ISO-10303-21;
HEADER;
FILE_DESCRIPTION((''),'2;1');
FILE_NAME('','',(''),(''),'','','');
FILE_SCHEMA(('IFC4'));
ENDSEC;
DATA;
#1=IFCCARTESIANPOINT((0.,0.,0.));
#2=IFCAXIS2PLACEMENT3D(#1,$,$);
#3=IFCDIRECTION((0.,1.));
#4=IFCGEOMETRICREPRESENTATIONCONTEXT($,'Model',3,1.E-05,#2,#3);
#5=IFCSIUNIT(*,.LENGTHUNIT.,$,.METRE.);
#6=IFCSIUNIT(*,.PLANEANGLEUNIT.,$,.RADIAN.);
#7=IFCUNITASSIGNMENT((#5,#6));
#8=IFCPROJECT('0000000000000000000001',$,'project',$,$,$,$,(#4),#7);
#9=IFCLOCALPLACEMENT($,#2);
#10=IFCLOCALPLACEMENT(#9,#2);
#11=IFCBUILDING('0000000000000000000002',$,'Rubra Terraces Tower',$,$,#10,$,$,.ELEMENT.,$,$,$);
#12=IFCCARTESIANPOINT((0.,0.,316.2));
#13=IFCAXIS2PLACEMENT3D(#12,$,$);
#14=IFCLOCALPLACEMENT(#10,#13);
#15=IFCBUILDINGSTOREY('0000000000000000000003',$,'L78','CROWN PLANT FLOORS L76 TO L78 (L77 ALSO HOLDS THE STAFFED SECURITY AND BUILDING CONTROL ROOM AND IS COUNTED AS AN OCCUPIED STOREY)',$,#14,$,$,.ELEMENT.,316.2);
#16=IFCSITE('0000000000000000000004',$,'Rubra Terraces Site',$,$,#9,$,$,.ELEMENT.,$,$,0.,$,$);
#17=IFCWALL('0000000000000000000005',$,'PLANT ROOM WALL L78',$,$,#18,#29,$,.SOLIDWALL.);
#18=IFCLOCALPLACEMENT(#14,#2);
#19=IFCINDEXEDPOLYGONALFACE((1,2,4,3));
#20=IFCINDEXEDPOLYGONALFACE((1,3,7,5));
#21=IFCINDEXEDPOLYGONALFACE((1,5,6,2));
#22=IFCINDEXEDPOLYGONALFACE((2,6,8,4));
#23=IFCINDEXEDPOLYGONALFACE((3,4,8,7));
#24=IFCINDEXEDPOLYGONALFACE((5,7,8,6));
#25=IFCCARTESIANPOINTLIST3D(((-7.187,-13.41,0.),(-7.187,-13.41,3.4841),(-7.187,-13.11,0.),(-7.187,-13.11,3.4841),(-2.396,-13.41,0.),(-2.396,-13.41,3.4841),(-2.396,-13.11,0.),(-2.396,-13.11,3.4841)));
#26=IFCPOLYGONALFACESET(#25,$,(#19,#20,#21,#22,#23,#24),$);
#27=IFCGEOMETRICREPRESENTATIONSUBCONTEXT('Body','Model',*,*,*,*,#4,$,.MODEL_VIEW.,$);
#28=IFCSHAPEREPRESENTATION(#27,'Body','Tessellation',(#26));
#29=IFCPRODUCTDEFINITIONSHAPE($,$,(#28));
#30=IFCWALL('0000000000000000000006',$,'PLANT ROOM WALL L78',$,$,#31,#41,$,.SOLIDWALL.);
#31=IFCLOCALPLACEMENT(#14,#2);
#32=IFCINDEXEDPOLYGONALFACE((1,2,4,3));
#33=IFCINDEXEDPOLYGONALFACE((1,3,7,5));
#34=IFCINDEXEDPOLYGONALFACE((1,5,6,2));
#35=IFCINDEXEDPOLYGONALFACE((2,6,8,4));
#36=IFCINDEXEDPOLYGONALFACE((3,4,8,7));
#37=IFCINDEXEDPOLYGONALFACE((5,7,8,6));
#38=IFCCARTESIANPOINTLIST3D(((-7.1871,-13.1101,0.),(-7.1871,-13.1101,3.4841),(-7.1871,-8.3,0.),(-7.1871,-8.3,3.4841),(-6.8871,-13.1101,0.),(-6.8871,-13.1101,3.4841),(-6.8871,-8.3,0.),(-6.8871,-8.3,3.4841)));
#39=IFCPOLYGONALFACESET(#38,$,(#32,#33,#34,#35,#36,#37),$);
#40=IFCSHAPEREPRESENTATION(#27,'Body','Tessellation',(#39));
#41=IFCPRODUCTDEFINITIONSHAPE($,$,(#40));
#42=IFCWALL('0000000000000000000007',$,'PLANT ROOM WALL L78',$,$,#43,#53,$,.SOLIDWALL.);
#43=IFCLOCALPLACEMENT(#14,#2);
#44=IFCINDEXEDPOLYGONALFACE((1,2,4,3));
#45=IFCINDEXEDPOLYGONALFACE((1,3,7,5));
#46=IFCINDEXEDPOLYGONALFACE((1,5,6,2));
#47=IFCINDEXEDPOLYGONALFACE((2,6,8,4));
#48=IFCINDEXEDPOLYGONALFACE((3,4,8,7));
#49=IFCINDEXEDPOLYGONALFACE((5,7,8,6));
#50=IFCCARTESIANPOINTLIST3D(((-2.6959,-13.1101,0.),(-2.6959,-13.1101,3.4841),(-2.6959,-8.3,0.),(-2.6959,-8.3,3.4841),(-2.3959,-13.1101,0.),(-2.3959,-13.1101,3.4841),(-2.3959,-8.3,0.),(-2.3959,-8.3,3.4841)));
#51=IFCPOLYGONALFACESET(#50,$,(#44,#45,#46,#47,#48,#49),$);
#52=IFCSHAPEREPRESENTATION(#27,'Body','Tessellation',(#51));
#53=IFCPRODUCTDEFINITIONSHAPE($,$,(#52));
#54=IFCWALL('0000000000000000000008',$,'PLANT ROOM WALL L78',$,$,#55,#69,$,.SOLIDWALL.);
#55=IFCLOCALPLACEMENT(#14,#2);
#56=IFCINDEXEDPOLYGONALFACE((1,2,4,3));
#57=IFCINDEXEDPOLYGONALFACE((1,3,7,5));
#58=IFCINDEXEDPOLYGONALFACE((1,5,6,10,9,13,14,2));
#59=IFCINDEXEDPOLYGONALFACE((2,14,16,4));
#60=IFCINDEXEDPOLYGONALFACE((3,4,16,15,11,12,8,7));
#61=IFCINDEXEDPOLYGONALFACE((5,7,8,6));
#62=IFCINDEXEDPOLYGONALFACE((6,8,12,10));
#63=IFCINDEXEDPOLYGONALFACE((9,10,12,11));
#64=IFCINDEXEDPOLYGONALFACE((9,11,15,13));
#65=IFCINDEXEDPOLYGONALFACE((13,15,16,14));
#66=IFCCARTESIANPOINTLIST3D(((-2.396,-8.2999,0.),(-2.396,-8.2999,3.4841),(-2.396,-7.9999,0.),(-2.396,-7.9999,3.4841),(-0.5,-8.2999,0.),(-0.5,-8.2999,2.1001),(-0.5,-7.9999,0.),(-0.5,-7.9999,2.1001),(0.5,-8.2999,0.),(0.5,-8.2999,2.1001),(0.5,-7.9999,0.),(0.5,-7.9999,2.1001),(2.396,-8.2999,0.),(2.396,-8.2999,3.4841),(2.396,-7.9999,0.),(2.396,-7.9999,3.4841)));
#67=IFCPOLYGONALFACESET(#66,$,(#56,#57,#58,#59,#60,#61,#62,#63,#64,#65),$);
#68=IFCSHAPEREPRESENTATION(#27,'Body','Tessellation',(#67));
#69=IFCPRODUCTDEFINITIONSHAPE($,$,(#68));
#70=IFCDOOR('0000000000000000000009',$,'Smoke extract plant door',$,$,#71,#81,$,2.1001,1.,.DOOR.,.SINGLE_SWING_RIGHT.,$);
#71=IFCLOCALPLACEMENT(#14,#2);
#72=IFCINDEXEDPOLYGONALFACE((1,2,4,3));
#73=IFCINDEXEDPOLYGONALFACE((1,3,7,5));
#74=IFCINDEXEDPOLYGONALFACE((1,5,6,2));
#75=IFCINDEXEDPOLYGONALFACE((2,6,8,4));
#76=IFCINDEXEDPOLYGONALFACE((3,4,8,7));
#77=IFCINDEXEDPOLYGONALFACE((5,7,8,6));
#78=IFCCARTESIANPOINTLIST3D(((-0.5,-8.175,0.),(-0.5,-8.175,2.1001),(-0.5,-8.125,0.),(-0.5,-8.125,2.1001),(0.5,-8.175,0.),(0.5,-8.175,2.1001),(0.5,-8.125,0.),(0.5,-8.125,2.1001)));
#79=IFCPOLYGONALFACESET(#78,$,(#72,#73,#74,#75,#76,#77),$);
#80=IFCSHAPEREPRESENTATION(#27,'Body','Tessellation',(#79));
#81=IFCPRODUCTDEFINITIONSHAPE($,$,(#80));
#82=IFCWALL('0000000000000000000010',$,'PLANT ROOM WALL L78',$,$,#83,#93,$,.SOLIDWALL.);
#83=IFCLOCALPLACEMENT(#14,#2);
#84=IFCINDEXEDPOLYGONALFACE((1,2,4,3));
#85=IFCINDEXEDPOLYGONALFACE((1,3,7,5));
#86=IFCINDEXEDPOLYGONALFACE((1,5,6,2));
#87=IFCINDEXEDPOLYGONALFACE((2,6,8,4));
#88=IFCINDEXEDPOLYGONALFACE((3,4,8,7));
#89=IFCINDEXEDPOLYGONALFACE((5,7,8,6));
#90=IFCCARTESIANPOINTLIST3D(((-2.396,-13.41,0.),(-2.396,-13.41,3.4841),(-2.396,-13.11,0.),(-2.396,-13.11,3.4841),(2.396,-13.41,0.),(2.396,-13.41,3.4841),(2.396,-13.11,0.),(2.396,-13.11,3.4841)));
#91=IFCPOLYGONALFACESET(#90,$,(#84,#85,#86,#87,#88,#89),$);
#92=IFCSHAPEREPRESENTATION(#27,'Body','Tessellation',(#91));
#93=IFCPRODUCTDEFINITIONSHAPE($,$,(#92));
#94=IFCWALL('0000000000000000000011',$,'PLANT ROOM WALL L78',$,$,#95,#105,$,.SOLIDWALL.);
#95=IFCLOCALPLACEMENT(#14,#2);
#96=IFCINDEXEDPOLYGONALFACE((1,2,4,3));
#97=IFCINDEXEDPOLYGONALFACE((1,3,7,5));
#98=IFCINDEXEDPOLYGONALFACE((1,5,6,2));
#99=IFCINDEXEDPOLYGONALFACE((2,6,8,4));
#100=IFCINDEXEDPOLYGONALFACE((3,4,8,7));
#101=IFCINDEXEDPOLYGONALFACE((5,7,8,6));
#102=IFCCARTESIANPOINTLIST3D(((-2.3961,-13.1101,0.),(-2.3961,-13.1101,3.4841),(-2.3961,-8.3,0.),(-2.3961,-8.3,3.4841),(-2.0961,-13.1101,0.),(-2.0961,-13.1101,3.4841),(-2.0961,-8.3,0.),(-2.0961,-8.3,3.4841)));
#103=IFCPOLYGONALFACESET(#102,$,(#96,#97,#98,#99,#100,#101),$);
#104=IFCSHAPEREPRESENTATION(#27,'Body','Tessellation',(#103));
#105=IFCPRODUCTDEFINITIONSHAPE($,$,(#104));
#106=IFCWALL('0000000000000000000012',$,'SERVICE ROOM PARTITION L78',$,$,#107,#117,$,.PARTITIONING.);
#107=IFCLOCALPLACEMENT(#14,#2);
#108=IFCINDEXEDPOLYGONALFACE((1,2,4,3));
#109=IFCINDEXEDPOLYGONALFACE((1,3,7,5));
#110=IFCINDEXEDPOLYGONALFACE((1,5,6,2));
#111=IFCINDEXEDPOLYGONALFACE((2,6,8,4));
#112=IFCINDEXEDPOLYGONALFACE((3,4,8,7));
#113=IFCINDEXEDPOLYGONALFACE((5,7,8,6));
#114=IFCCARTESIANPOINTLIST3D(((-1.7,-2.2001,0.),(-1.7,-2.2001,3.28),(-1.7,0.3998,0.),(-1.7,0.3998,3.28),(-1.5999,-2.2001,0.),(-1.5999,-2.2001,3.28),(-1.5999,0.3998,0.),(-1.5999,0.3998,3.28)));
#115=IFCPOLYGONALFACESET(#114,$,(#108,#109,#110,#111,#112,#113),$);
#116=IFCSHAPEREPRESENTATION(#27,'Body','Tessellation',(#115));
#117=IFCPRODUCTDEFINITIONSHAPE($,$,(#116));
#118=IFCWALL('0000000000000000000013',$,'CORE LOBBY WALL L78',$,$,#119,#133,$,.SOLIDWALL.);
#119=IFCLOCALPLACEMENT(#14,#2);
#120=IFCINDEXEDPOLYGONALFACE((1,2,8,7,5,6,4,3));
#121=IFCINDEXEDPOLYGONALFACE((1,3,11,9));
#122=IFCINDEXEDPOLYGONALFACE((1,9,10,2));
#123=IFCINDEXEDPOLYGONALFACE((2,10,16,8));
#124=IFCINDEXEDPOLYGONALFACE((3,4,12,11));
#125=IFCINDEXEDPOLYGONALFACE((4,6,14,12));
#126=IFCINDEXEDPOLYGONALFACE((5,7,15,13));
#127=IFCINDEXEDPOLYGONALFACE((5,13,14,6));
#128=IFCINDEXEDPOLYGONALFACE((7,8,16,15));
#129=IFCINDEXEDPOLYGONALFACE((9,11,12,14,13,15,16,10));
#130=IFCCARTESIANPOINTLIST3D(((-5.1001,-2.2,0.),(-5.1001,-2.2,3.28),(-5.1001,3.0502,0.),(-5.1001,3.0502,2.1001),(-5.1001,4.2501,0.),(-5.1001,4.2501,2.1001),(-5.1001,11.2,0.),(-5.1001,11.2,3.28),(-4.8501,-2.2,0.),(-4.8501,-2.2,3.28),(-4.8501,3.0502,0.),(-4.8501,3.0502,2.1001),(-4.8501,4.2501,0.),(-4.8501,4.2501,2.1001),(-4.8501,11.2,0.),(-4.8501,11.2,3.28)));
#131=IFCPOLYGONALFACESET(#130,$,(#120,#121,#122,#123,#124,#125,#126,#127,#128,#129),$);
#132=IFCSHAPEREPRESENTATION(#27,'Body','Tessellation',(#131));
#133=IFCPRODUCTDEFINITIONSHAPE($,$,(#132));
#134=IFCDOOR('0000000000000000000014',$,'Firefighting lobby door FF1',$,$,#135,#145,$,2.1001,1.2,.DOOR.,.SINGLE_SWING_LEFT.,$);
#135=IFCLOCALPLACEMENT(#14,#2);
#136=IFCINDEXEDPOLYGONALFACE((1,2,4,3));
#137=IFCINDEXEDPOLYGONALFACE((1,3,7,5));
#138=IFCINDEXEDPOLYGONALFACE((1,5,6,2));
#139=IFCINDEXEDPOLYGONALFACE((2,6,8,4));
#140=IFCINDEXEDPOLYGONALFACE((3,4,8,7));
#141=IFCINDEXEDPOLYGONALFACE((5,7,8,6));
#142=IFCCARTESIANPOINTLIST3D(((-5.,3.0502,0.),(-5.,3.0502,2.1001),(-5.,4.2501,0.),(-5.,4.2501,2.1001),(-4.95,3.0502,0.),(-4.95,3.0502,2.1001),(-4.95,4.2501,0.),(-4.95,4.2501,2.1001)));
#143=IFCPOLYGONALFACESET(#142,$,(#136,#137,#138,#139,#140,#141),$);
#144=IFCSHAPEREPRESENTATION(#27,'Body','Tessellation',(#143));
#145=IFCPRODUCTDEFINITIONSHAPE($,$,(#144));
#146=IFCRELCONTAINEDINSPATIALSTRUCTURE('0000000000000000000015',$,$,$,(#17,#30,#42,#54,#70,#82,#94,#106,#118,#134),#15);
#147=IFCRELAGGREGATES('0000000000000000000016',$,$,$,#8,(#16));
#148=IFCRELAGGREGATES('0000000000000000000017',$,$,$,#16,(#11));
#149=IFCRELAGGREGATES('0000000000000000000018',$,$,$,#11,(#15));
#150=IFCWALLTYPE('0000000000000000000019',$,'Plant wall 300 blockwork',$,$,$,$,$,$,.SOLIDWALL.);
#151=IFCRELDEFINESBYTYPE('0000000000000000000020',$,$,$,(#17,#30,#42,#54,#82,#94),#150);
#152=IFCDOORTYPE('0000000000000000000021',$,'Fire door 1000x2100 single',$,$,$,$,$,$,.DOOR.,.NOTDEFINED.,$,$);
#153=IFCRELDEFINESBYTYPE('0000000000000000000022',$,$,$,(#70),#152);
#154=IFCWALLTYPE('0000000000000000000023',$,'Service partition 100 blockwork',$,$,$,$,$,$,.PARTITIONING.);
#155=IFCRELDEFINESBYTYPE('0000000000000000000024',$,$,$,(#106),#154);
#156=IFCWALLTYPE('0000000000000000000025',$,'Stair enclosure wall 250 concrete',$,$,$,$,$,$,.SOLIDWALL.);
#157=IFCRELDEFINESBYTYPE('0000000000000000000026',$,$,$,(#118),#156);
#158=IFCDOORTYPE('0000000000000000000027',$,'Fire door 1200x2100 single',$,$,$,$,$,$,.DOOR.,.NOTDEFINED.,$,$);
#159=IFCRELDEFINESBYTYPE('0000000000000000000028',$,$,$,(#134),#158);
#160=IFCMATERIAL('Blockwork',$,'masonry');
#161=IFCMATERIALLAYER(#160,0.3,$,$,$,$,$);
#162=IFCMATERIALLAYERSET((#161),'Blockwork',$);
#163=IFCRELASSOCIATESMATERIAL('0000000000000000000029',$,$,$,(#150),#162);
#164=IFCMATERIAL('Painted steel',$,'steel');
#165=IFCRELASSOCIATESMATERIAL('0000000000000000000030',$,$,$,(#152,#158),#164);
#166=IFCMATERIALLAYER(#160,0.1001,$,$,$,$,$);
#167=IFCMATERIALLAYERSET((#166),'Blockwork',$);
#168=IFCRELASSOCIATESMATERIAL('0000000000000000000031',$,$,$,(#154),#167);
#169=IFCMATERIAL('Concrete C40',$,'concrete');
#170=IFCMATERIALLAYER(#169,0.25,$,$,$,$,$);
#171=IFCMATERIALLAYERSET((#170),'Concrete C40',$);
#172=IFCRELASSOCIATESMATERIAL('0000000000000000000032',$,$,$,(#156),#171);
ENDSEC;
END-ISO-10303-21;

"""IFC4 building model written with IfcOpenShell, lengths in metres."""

from ifc_helpers import new_model, si_unit, direction, frame, frame_2d, origin, place, context, subcontext, project, spatial, rectangle, extrude, material, layer, layer_set, type_object, element, fill, save


model = new_model("IFC4")

# Units and contexts
model_context = context("Model", 3, precision=1e-05, world=origin(), true_north=direction((0.0, 1.0)))
body_context = subcontext(model_context, "Body", "Model", "MODEL_VIEW")
ifc_project = project(units=[si_unit("LENGTHUNIT", "METRE"), si_unit("PLANEANGLEUNIT", "RADIAN")], contexts=[model_context])

# Site, building, storey
site_placement = place(None, origin())
site = spatial("IfcSite", under=ifc_project, at=site_placement, Name="Rubra Terraces Site", CompositionType="ELEMENT", RefElevation=0.0)
building_placement = place(site_placement, origin())
building = spatial("IfcBuilding", under=site, at=building_placement, Name="Rubra Terraces Tower", CompositionType="ELEMENT")
storey_placement = place(building_placement, frame((0.0, 0.0, 316.2)))
storey = spatial("IfcBuildingStorey", under=building, at=storey_placement, Name="L78", Description="CROWN PLANT FLOORS L76 TO L78 (L77 ALSO HOLDS THE STAFFED SECURITY AND BUILDING CONTROL ROOM AND IS COUNTED AS AN OCCUPIED STOREY)", CompositionType="ELEMENT", Elevation=316.2)

# Shared definitions
ifc_material_1 = material(Name="Concrete C40", Category="concrete")

# Shared definitions
ifc_material_2 = material(Name="Blockwork", Category="masonry")
ifc_layer_1 = layer(ifc_material_2, 0.3)
ifc_layer_set_1 = layer_set([ifc_layer_1], Name="Blockwork")
wall_type_1 = type_object("IfcWallType", Name="Plant wall 300 blockwork", PredefinedType="SOLIDWALL", material=ifc_layer_set_1)
ifc_material_3 = material(Name="Painted steel", Category="steel")
door_type_1 = type_object("IfcDoorType", Name="Fire door 1000x2100 single", OperationType="NOTDEFINED", PredefinedType="DOOR", material=ifc_material_3)

# Walls
wall_1_placement = place(storey_placement, frame((-7.187, -13.26, 0.0), z_axis=(0.0, 0.0, 1.0), x_axis=(1.0, 0.0, 0.0)))
element("IfcWall", 1, at=wall_1_placement, inside=storey, type_object=wall_type_1, Name="PLANT ROOM WALL L78", PredefinedType="SOLIDWALL", context=body_context, shape_type="SweptSolid", body=[
    extrude(rectangle(XDim=4.791, YDim=0.3, at=frame_2d((2.3955, 0.0))), origin(), (0.0, 0.0, 1.0), 3.4841),
])
for number, where, z_axis, x_axis, name in (
    (2, (-7.0371, -13.1101, 0.0), (0.0, 0.0, 1.0), (0.0, 1.0, 0.0), "PLANT ROOM WALL L78"),
    (3, (-2.5459, -13.1101, 0.0), (0.0, 0.0, 1.0), (0.0, 1.0, 0.0), "PLANT ROOM WALL L78"),
):
    element("IfcWall", number, at=place(storey_placement, frame(where, z_axis=z_axis, x_axis=x_axis)), inside=storey, type_object=wall_type_1, Name=name, PredefinedType="SOLIDWALL", context=body_context, shape_type="SweptSolid", body=[
        extrude(rectangle(XDim=4.8101, YDim=0.3, at=frame_2d((2.405, 0.0))), origin(), (0.0, 0.0, 1.0), 3.4841),
    ])

# Wall, opening, door
wall_2_placement = place(storey_placement, frame((-2.396, -8.1499, 0.0), z_axis=(0.0, 0.0, 1.0), x_axis=(1.0, 0.0, 0.0)))
wall_2 = element("IfcWall", 4, at=wall_2_placement, inside=storey, type_object=wall_type_1, Name="PLANT ROOM WALL L78", PredefinedType="SOLIDWALL", context=body_context, shape_type="SweptSolid", body=[
    extrude(rectangle(XDim=4.792, YDim=0.3, at=frame_2d((2.396, 0.0))), origin(), (0.0, 0.0, 1.0), 3.4841),
])
opening_1_placement = place(wall_2_placement, frame((1.896, 0.0, 0.0)))
opening_1 = element("IfcOpeningElement", 5, at=opening_1_placement, cuts=wall_2, PredefinedType="OPENING", context=body_context, shape_type="SweptSolid", body=[
    extrude(rectangle(XDim=1.0, YDim=2.1001, at=frame_2d((0.5, 1.05))), frame((0.0, 0.1599, 0.0), z_axis=(0.0, -1.0, 0.0), x_axis=(1.0, 0.0, 0.0)), (0.0, 0.0, 1.0), 0.3201),
])
door_1_placement = place(opening_1_placement, origin())
door_1 = element("IfcDoor", 6, at=door_1_placement, inside=storey, type_object=door_type_1, Name="Smoke extract plant door", OperationType="SINGLE_SWING_RIGHT", OverallHeight=2.1001, OverallWidth=1.0, PredefinedType="DOOR", context=body_context, shape_type="SweptSolid", body=[
    extrude(rectangle(XDim=1.0, YDim=2.1001, at=frame_2d((0.5, 1.05))), frame((0.0, 0.0249, 0.0), z_axis=(0.0, -1.0, 0.0), x_axis=(1.0, 0.0, 0.0)), (0.0, 0.0, 1.0), 0.05),
])
fill(opening_1, door_1)

# Walls
wall_3_placement = place(storey_placement, frame((-2.396, -13.26, 0.0), z_axis=(0.0, 0.0, 1.0), x_axis=(1.0, 0.0, 0.0)))
element("IfcWall", 7, at=wall_3_placement, inside=storey, type_object=wall_type_1, Name="PLANT ROOM WALL L78", PredefinedType="SOLIDWALL", context=body_context, shape_type="SweptSolid", body=[
    extrude(rectangle(XDim=4.792, YDim=0.3, at=frame_2d((2.396, 0.0))), origin(), (0.0, 0.0, 1.0), 3.4841),
])
wall_4_placement = place(storey_placement, frame((-2.2461, -13.1101, 0.0), z_axis=(0.0, 0.0, 1.0), x_axis=(0.0, 1.0, 0.0)))
element("IfcWall", 8, at=wall_4_placement, inside=storey, type_object=wall_type_1, Name="PLANT ROOM WALL L78", PredefinedType="SOLIDWALL", context=body_context, shape_type="SweptSolid", body=[
    extrude(rectangle(XDim=4.8101, YDim=0.3, at=frame_2d((2.405, 0.0))), origin(), (0.0, 0.0, 1.0), 3.4841),
])
ifc_layer_2 = layer(ifc_material_2, 0.1001)
ifc_layer_set_2 = layer_set([ifc_layer_2], Name="Blockwork")
wall_type_2 = type_object("IfcWallType", Name="Service partition 100 blockwork", PredefinedType="PARTITIONING", material=ifc_layer_set_2)
wall_5_placement = place(storey_placement, frame((-1.6499, -2.2, 0.0), z_axis=(0.0, 0.0, 1.0), x_axis=(0.0, 1.0, 0.0)))
element("IfcWall", 9, at=wall_5_placement, inside=storey, type_object=wall_type_2, Name="SERVICE ROOM PARTITION L78", PredefinedType="PARTITIONING", context=body_context, shape_type="SweptSolid", body=[
    extrude(rectangle(XDim=2.5999, YDim=0.1001, at=frame_2d((1.2998, 0.0))), origin(), (0.0, 0.0, 1.0), 3.28),
])

# Wall, opening, door
ifc_layer_3 = layer(ifc_material_1, 0.25)
ifc_layer_set_3 = layer_set([ifc_layer_3], Name="Concrete C40")
wall_type_3 = type_object("IfcWallType", Name="Stair enclosure wall 250 concrete", PredefinedType="SOLIDWALL", material=ifc_layer_set_3)
wall_6_placement = place(storey_placement, frame((-4.9751, -2.2, 0.0), z_axis=(0.0, 0.0, 1.0), x_axis=(0.0, 1.0, 0.0)))
wall_6 = element("IfcWall", 10, at=wall_6_placement, inside=storey, type_object=wall_type_3, Name="CORE LOBBY WALL L78", PredefinedType="SOLIDWALL", context=body_context, shape_type="SweptSolid", body=[
    extrude(rectangle(XDim=13.3999, YDim=0.25, at=frame_2d((6.7, 0.0))), origin(), (0.0, 0.0, 1.0), 3.28),
])
opening_2_placement = place(wall_6_placement, frame((5.25, 0.0, 0.0)))
opening_2 = element("IfcOpeningElement", 11, at=opening_2_placement, cuts=wall_6, PredefinedType="OPENING", context=body_context, shape_type="SweptSolid", body=[
    extrude(rectangle(XDim=1.2, YDim=2.1001, at=frame_2d((0.6001, 1.05))), frame((0.0, 0.135, 0.0), z_axis=(0.0, -1.0, 0.0), x_axis=(1.0, 0.0, 0.0)), (0.0, 0.0, 1.0), 0.27),
])
door_type_2 = type_object("IfcDoorType", Name="Fire door 1200x2100 single", OperationType="NOTDEFINED", PredefinedType="DOOR", material=ifc_material_3)
door_2_placement = place(opening_2_placement, origin())
door_2 = element("IfcDoor", 12, at=door_2_placement, inside=storey, type_object=door_type_2, Name="Firefighting lobby door FF1", OperationType="SINGLE_SWING_LEFT", OverallHeight=2.1001, OverallWidth=1.2, PredefinedType="DOOR", context=body_context, shape_type="SweptSolid", body=[
    extrude(rectangle(XDim=1.2, YDim=2.1001, at=frame_2d((0.6001, 1.05))), frame((0.0, 0.0249, 0.0), z_axis=(0.0, -1.0, 0.0), x_axis=(1.0, 0.0, 0.0)), (0.0, 0.0, 1.0), 0.05),
])
fill(opening_2, door_2)

save(model, "model.ifc")
